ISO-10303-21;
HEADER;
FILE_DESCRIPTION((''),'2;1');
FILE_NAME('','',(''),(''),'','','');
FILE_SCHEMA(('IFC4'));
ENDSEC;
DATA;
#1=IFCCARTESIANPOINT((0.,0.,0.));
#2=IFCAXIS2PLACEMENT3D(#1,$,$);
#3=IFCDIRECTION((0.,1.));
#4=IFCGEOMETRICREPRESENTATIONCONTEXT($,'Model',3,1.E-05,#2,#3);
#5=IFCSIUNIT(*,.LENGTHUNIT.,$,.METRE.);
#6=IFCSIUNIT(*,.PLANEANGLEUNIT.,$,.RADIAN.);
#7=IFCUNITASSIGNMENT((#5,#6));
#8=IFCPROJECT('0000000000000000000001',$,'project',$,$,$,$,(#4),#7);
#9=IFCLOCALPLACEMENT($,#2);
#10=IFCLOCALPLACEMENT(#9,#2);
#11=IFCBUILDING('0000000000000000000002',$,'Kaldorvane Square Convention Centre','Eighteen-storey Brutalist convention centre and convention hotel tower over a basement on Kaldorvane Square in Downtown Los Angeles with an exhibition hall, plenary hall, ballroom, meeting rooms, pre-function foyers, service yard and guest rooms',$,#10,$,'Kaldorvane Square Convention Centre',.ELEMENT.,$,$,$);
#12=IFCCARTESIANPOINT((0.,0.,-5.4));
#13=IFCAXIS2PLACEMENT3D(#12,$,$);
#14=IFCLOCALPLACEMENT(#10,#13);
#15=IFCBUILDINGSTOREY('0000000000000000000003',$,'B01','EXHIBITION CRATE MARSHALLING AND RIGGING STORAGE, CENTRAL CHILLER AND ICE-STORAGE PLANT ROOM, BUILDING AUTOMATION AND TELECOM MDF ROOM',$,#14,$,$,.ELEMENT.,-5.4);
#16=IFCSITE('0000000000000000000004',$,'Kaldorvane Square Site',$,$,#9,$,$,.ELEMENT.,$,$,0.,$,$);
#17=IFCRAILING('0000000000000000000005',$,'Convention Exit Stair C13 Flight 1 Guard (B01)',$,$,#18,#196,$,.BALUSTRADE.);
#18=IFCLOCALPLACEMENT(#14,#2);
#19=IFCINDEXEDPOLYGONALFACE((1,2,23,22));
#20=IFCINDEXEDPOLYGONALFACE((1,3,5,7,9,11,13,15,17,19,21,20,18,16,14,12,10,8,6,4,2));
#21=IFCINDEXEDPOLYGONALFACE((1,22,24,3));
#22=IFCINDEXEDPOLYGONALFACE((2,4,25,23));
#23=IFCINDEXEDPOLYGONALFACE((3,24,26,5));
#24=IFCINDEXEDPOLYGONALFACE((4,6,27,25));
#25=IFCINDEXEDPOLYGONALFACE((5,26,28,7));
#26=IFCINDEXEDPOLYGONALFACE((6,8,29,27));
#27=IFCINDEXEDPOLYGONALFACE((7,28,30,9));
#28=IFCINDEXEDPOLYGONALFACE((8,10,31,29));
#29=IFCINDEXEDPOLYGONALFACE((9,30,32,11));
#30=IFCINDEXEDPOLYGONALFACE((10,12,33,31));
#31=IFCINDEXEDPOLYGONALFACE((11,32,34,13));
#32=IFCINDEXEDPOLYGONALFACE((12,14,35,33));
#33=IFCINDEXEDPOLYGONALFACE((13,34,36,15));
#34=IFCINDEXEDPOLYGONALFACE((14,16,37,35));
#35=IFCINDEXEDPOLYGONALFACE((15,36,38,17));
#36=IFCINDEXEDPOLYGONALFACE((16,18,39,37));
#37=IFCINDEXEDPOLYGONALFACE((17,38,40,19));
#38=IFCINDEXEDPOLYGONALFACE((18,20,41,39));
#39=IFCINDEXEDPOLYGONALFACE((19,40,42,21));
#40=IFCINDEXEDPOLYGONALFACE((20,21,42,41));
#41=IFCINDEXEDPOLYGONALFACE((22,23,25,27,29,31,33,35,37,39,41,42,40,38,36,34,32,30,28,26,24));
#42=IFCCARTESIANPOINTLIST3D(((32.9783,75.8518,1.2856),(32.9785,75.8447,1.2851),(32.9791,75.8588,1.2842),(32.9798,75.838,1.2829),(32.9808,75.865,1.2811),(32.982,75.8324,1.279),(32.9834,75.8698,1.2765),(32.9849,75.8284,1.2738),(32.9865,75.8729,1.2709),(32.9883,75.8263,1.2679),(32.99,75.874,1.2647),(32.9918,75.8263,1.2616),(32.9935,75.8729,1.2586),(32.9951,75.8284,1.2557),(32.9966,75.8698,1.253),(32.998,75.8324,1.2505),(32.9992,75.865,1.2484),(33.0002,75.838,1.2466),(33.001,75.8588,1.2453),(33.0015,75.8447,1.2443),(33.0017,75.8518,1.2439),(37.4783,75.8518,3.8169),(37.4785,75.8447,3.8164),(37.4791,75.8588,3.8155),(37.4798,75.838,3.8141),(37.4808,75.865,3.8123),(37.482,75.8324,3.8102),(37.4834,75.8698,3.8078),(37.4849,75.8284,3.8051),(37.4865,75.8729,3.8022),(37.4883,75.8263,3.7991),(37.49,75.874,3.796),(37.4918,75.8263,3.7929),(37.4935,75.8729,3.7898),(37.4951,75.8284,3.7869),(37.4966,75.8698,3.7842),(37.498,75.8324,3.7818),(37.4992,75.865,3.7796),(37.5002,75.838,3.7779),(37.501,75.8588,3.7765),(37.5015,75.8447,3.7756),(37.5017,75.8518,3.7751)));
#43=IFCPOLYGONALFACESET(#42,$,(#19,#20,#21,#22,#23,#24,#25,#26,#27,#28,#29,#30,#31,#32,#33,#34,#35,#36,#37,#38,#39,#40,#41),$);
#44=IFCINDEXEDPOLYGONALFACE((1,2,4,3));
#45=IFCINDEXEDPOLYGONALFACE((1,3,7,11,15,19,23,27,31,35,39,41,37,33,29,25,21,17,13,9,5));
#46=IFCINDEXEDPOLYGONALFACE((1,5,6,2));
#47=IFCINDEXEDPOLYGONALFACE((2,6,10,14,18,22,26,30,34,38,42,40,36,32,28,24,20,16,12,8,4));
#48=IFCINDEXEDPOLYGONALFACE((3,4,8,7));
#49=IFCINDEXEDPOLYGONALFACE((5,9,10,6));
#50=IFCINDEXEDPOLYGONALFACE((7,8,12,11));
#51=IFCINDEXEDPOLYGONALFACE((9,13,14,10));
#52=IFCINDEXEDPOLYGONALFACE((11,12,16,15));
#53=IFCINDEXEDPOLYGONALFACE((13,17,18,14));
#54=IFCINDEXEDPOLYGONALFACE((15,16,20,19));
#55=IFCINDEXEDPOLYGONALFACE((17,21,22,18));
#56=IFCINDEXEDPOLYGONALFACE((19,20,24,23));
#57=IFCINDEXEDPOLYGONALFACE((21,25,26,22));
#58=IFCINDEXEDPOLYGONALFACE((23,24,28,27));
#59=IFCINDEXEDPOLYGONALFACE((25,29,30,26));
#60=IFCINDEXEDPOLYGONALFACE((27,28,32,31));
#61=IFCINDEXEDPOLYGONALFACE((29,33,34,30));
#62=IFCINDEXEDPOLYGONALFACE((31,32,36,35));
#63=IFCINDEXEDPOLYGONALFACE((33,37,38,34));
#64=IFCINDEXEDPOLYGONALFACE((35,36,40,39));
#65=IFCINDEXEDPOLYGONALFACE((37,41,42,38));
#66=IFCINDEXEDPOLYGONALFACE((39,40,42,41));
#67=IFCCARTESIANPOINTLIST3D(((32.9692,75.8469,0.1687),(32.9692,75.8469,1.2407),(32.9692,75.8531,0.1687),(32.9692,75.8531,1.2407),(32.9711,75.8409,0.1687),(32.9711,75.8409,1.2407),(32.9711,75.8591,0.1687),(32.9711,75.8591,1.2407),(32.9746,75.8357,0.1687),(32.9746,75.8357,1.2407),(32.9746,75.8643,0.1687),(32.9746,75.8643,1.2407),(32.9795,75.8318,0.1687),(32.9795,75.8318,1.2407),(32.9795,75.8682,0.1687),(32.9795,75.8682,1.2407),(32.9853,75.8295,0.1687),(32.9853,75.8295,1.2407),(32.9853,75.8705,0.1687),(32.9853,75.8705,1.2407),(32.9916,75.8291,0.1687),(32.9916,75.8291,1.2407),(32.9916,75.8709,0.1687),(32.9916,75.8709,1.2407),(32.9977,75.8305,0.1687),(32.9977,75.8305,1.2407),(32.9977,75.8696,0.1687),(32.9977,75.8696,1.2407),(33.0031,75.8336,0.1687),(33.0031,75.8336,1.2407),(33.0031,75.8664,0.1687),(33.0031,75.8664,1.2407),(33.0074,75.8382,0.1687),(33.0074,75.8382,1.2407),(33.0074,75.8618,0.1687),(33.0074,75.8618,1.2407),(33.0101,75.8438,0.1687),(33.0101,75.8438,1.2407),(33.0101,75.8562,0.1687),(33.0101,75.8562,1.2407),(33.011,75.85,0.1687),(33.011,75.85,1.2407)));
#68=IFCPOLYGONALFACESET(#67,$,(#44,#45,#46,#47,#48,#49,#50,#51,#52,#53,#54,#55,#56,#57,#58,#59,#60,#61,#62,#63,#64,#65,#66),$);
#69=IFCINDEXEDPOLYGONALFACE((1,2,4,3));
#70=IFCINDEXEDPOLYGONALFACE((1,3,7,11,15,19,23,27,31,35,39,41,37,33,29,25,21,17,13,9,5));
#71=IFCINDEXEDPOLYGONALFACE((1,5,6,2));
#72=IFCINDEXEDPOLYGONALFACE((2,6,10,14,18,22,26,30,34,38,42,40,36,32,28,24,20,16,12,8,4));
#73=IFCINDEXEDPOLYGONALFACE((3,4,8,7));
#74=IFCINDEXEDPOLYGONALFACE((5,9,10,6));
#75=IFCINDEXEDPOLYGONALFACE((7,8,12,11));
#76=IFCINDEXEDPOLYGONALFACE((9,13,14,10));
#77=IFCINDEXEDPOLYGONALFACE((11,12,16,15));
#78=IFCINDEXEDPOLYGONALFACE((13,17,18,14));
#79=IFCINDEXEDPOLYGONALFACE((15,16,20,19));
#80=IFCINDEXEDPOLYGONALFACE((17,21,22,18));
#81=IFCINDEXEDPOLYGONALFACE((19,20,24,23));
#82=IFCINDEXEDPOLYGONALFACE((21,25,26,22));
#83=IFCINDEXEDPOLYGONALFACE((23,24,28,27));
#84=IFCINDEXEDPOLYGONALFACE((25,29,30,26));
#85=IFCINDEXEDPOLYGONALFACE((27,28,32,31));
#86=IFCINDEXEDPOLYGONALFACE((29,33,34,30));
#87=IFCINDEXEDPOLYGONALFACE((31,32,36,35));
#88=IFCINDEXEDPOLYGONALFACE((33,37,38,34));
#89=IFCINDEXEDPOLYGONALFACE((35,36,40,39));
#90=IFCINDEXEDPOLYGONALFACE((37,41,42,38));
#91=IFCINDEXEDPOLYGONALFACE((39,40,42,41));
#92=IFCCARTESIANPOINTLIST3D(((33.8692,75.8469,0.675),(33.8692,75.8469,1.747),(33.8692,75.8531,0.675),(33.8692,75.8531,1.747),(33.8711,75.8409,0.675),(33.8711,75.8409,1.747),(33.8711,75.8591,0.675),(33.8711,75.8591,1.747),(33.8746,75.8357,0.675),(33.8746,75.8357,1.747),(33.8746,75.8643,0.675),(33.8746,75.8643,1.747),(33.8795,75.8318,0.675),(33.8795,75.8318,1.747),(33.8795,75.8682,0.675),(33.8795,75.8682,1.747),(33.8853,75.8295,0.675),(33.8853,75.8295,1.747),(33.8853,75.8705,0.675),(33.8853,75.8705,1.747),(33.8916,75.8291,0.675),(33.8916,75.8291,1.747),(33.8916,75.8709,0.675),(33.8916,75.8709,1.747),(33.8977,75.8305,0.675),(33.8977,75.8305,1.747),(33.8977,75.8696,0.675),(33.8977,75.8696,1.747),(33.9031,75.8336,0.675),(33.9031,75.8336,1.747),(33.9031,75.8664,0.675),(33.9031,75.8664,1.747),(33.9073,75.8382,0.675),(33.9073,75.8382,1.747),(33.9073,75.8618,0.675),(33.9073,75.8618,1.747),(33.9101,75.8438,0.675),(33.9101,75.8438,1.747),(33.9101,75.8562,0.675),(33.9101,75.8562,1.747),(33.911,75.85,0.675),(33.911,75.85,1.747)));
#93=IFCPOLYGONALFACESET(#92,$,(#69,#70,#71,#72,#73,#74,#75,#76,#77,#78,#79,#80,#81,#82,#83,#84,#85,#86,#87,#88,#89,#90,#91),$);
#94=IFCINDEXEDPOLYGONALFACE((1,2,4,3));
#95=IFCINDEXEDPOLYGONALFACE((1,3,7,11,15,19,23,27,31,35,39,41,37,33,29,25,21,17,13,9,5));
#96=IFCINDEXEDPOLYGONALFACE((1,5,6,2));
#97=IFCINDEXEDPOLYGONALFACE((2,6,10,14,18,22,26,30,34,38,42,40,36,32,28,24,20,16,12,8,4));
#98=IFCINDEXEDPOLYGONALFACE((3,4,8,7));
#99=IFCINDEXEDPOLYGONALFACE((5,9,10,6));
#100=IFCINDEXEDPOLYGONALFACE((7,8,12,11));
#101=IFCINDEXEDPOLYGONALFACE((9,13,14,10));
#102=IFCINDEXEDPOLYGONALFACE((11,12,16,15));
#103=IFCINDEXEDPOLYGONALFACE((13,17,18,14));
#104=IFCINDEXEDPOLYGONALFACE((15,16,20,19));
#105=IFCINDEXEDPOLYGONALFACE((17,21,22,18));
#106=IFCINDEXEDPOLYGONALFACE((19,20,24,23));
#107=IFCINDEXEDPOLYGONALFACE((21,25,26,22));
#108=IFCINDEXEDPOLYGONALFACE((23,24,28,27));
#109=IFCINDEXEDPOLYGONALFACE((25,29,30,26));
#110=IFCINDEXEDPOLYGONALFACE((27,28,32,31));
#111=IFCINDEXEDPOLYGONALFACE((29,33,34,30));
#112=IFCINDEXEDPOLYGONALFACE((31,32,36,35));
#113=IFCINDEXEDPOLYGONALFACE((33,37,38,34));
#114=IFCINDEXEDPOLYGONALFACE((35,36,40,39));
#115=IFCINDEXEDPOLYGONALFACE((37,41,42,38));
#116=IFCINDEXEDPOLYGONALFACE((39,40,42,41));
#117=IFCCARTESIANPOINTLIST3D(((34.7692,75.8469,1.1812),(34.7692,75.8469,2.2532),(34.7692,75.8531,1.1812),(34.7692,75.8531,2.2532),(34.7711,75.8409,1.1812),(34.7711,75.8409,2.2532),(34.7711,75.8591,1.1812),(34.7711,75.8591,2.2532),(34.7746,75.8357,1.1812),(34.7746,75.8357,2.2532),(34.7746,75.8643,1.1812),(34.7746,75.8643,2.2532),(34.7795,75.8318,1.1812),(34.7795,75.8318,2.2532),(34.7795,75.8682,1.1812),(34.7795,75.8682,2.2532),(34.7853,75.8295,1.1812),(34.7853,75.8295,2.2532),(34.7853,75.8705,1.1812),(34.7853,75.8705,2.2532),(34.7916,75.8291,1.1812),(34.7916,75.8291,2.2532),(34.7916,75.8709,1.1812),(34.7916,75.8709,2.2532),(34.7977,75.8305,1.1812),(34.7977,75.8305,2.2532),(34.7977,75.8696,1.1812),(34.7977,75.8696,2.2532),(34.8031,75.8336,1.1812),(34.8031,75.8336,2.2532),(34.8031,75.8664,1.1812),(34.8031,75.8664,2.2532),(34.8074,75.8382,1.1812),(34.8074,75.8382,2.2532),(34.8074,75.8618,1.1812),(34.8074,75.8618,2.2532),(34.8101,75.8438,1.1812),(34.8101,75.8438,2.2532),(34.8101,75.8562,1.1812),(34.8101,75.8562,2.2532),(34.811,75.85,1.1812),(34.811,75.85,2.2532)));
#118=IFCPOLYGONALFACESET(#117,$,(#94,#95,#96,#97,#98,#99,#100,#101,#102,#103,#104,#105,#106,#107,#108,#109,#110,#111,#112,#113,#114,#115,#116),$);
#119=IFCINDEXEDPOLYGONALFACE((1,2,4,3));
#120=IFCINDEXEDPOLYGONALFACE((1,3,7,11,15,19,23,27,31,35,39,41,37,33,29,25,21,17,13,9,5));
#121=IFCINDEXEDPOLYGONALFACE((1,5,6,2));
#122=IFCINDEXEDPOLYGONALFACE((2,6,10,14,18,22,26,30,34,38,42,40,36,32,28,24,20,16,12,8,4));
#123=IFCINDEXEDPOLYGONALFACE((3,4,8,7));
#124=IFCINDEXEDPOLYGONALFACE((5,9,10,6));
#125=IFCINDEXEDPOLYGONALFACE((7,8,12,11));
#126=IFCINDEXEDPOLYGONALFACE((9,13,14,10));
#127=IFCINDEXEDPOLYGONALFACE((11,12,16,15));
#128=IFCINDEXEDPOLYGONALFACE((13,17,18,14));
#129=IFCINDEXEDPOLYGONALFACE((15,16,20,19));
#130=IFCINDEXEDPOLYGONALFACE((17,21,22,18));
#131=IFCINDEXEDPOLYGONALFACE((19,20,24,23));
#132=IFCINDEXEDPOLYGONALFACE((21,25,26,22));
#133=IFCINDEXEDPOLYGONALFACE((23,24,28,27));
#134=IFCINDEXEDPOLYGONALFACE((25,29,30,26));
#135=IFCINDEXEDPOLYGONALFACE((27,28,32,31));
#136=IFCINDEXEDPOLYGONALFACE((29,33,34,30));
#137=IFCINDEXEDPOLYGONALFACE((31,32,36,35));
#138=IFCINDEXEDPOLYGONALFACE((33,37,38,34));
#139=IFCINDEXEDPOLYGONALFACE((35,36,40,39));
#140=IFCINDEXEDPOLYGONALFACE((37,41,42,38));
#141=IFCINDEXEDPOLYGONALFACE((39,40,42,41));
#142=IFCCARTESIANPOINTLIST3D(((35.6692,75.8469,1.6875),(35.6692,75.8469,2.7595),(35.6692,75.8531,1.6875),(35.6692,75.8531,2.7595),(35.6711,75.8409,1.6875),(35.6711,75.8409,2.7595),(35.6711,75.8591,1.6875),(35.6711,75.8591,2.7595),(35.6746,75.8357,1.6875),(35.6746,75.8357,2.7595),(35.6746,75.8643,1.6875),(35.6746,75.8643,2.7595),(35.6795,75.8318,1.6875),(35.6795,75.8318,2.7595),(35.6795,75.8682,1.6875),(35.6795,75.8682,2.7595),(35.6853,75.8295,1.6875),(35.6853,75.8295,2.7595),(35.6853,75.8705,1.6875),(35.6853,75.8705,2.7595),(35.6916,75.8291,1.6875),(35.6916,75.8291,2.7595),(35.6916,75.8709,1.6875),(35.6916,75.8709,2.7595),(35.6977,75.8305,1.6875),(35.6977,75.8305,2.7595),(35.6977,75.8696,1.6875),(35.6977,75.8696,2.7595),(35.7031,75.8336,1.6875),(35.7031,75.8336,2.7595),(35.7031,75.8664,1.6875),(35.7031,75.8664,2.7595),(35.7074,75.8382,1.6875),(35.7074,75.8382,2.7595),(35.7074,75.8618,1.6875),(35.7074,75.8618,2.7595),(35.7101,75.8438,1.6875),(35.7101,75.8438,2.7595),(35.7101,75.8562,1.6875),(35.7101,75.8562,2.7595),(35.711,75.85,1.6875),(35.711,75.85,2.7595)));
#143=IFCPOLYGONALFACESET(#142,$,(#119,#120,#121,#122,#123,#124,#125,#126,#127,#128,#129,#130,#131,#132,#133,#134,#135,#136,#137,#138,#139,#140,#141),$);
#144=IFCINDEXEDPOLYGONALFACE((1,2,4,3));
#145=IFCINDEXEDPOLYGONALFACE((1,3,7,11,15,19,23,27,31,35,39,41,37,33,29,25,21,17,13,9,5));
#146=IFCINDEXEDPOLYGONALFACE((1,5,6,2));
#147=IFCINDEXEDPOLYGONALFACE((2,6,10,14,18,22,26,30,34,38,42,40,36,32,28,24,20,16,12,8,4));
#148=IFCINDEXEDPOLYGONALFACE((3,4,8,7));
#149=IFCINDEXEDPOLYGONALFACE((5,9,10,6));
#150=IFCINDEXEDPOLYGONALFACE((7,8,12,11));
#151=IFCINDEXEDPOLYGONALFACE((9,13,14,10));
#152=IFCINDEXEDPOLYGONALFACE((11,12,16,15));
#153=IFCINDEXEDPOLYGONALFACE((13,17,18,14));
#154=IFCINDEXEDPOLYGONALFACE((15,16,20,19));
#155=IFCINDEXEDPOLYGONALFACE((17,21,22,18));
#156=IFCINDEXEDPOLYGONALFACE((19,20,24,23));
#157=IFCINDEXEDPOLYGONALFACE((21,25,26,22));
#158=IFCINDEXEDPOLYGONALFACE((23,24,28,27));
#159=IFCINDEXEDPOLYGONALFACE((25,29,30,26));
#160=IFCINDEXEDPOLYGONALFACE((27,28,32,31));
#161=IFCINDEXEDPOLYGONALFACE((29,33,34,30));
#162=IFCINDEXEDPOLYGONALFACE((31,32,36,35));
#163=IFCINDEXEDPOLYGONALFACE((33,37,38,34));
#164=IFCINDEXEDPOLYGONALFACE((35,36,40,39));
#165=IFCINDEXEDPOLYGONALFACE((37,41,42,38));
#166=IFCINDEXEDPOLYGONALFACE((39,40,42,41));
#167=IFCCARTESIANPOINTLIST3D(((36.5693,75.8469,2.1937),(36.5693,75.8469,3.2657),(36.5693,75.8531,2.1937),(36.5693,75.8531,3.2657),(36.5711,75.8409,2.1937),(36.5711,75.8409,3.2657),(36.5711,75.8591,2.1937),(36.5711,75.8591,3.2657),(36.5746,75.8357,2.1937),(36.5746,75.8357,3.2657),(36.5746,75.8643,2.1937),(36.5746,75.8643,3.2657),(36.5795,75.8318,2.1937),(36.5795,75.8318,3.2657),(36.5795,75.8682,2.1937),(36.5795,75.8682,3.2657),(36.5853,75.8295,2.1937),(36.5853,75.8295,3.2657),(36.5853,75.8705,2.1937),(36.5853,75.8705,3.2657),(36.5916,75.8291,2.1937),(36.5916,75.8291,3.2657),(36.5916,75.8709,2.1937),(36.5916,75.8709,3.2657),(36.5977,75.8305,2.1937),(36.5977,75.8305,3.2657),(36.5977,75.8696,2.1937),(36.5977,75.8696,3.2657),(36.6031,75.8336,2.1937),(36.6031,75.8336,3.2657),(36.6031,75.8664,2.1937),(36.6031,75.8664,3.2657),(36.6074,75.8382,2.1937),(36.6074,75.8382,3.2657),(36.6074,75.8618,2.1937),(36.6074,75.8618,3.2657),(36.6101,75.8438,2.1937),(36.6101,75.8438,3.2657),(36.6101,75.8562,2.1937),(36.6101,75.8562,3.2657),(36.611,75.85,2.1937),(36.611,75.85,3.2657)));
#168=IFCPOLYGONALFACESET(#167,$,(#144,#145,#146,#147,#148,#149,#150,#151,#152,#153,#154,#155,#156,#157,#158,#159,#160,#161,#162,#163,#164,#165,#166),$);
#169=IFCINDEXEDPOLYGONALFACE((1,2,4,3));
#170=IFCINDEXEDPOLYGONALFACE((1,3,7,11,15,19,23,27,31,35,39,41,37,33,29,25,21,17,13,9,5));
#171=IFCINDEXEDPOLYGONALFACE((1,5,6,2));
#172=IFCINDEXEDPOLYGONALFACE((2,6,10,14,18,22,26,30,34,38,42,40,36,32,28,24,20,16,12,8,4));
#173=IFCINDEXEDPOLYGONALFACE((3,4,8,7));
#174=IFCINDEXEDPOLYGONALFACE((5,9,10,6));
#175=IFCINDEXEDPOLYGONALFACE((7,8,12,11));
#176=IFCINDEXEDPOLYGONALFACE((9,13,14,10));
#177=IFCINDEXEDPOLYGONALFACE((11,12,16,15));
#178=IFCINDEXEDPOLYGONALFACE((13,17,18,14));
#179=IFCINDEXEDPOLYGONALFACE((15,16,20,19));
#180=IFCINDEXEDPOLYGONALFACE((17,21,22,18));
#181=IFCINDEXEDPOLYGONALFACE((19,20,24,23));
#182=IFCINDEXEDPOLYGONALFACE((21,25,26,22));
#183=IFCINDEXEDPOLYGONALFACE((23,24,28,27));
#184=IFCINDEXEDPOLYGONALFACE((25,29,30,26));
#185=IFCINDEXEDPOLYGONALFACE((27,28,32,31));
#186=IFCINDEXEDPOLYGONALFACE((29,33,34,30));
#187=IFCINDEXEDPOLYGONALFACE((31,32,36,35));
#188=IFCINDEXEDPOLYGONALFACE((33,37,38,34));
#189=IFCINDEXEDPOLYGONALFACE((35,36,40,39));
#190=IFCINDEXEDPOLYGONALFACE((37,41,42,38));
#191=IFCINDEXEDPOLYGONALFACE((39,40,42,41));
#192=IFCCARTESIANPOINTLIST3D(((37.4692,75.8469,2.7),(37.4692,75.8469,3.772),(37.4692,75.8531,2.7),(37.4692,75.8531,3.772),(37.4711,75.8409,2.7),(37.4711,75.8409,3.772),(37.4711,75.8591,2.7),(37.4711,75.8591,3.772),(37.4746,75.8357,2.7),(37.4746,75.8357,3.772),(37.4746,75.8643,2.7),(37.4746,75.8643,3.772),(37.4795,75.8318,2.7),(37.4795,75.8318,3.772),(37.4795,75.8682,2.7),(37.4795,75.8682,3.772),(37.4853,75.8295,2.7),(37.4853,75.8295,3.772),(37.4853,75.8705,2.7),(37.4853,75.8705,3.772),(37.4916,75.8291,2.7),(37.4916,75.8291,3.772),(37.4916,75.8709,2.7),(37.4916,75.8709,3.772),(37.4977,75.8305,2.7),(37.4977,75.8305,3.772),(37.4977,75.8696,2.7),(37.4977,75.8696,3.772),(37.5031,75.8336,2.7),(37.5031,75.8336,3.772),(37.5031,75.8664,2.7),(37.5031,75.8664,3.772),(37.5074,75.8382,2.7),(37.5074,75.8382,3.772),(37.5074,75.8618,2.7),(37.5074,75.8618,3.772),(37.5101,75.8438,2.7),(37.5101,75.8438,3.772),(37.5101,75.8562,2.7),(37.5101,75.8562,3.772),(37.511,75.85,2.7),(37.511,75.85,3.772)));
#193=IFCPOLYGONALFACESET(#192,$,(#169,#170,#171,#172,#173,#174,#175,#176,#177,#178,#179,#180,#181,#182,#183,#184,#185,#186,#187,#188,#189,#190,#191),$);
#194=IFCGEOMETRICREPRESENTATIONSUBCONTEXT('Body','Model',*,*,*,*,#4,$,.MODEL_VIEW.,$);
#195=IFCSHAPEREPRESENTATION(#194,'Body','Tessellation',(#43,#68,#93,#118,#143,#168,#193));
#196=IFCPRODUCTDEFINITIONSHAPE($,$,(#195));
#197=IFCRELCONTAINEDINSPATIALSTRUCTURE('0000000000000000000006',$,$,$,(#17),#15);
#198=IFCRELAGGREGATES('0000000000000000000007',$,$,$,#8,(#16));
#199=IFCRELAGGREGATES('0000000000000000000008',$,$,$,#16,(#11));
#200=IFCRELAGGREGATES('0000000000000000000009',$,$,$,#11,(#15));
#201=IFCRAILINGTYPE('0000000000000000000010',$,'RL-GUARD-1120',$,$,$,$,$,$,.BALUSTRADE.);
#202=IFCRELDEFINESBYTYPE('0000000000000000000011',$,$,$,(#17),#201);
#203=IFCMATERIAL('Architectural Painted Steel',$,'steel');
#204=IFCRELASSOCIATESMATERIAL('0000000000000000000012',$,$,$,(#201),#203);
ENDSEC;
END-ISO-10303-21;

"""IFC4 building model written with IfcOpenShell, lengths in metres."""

from ifc_helpers import new_model, si_unit, direction, frame, origin, origin_2d, place, context, subcontext, project, spatial, circle, extrude, material, type_object, element, save


model = new_model("IFC4")

# Units and contexts
model_context = context("Model", 3, precision=1e-05, world=origin(), true_north=direction((0.0, 1.0)))
body_context = subcontext(model_context, "Body", "Model", "MODEL_VIEW")
ifc_project = project(units=[si_unit("LENGTHUNIT", "METRE"), si_unit("PLANEANGLEUNIT", "RADIAN")], contexts=[model_context])

# Site, building, storey
site_placement = place(None, origin())
site = spatial("IfcSite", under=ifc_project, at=site_placement, Name="Kaldorvane Square Site", CompositionType="ELEMENT", RefElevation=0.0)
building_placement = place(site_placement, origin())
building = spatial("IfcBuilding", under=site, at=building_placement, Name="Kaldorvane Square Convention Centre", Description="Eighteen-storey Brutalist convention centre and convention hotel tower over a basement on Kaldorvane Square in Downtown Los Angeles with an exhibition hall, plenary hall, ballroom, meeting rooms, pre-function foyers, service yard and guest rooms", LongName="Kaldorvane Square Convention Centre", CompositionType="ELEMENT")
storey_placement = place(building_placement, frame((0.0, 0.0, -5.4)))
storey = spatial("IfcBuildingStorey", under=building, at=storey_placement, Name="B01", Description="EXHIBITION CRATE MARSHALLING AND RIGGING STORAGE, CENTRAL CHILLER AND ICE-STORAGE PLANT ROOM, BUILDING AUTOMATION AND TELECOM MDF ROOM", CompositionType="ELEMENT", Elevation=-5.4)

# Railing
ifc_material_1 = material(Name="Architectural Painted Steel", Category="steel")
railing_type_1 = type_object("IfcRailingType", Name="RL-GUARD-1120", PredefinedType="BALUSTRADE", material=ifc_material_1)
railing_1_placement = place(storey_placement, frame((32.99, 75.85, 0.1687)))
element("IfcRailing", 1, at=railing_1_placement, inside=storey, type_object=railing_type_1, Name="Convention Exit Stair C13 Flight 1 Guard (B01)", PredefinedType="BALUSTRADE", context=body_context, shape_type="SweptSolid", body=[
    extrude(circle(Radius=0.024, at=origin_2d()), frame((0.0, 0.0, 1.096), z_axis=(0.871576, 0.0, 0.490261), x_axis=(0.0, 1.0, 0.0)), (0.0, 0.0, 1.0), 5.1631),
    extrude(circle(Radius=0.021, at=origin_2d()), origin(), (0.0, 0.0, 1.0), 1.072),
    extrude(circle(Radius=0.021, at=origin_2d()), frame((0.9, 0.0, 0.5063)), (0.0, 0.0, 1.0), 1.072),
    extrude(circle(Radius=0.021, at=origin_2d()), frame((1.8, 0.0, 1.0125)), (0.0, 0.0, 1.0), 1.072),
    extrude(circle(Radius=0.021, at=origin_2d()), frame((2.7, 0.0, 1.5188)), (0.0, 0.0, 1.0), 1.072),
    extrude(circle(Radius=0.021, at=origin_2d()), frame((3.6, 0.0, 2.025)), (0.0, 0.0, 1.0), 1.072),
    extrude(circle(Radius=0.021, at=origin_2d()), frame((4.5, 0.0, 2.5312)), (0.0, 0.0, 1.0), 1.072),
])

save(model, "model.ifc")
